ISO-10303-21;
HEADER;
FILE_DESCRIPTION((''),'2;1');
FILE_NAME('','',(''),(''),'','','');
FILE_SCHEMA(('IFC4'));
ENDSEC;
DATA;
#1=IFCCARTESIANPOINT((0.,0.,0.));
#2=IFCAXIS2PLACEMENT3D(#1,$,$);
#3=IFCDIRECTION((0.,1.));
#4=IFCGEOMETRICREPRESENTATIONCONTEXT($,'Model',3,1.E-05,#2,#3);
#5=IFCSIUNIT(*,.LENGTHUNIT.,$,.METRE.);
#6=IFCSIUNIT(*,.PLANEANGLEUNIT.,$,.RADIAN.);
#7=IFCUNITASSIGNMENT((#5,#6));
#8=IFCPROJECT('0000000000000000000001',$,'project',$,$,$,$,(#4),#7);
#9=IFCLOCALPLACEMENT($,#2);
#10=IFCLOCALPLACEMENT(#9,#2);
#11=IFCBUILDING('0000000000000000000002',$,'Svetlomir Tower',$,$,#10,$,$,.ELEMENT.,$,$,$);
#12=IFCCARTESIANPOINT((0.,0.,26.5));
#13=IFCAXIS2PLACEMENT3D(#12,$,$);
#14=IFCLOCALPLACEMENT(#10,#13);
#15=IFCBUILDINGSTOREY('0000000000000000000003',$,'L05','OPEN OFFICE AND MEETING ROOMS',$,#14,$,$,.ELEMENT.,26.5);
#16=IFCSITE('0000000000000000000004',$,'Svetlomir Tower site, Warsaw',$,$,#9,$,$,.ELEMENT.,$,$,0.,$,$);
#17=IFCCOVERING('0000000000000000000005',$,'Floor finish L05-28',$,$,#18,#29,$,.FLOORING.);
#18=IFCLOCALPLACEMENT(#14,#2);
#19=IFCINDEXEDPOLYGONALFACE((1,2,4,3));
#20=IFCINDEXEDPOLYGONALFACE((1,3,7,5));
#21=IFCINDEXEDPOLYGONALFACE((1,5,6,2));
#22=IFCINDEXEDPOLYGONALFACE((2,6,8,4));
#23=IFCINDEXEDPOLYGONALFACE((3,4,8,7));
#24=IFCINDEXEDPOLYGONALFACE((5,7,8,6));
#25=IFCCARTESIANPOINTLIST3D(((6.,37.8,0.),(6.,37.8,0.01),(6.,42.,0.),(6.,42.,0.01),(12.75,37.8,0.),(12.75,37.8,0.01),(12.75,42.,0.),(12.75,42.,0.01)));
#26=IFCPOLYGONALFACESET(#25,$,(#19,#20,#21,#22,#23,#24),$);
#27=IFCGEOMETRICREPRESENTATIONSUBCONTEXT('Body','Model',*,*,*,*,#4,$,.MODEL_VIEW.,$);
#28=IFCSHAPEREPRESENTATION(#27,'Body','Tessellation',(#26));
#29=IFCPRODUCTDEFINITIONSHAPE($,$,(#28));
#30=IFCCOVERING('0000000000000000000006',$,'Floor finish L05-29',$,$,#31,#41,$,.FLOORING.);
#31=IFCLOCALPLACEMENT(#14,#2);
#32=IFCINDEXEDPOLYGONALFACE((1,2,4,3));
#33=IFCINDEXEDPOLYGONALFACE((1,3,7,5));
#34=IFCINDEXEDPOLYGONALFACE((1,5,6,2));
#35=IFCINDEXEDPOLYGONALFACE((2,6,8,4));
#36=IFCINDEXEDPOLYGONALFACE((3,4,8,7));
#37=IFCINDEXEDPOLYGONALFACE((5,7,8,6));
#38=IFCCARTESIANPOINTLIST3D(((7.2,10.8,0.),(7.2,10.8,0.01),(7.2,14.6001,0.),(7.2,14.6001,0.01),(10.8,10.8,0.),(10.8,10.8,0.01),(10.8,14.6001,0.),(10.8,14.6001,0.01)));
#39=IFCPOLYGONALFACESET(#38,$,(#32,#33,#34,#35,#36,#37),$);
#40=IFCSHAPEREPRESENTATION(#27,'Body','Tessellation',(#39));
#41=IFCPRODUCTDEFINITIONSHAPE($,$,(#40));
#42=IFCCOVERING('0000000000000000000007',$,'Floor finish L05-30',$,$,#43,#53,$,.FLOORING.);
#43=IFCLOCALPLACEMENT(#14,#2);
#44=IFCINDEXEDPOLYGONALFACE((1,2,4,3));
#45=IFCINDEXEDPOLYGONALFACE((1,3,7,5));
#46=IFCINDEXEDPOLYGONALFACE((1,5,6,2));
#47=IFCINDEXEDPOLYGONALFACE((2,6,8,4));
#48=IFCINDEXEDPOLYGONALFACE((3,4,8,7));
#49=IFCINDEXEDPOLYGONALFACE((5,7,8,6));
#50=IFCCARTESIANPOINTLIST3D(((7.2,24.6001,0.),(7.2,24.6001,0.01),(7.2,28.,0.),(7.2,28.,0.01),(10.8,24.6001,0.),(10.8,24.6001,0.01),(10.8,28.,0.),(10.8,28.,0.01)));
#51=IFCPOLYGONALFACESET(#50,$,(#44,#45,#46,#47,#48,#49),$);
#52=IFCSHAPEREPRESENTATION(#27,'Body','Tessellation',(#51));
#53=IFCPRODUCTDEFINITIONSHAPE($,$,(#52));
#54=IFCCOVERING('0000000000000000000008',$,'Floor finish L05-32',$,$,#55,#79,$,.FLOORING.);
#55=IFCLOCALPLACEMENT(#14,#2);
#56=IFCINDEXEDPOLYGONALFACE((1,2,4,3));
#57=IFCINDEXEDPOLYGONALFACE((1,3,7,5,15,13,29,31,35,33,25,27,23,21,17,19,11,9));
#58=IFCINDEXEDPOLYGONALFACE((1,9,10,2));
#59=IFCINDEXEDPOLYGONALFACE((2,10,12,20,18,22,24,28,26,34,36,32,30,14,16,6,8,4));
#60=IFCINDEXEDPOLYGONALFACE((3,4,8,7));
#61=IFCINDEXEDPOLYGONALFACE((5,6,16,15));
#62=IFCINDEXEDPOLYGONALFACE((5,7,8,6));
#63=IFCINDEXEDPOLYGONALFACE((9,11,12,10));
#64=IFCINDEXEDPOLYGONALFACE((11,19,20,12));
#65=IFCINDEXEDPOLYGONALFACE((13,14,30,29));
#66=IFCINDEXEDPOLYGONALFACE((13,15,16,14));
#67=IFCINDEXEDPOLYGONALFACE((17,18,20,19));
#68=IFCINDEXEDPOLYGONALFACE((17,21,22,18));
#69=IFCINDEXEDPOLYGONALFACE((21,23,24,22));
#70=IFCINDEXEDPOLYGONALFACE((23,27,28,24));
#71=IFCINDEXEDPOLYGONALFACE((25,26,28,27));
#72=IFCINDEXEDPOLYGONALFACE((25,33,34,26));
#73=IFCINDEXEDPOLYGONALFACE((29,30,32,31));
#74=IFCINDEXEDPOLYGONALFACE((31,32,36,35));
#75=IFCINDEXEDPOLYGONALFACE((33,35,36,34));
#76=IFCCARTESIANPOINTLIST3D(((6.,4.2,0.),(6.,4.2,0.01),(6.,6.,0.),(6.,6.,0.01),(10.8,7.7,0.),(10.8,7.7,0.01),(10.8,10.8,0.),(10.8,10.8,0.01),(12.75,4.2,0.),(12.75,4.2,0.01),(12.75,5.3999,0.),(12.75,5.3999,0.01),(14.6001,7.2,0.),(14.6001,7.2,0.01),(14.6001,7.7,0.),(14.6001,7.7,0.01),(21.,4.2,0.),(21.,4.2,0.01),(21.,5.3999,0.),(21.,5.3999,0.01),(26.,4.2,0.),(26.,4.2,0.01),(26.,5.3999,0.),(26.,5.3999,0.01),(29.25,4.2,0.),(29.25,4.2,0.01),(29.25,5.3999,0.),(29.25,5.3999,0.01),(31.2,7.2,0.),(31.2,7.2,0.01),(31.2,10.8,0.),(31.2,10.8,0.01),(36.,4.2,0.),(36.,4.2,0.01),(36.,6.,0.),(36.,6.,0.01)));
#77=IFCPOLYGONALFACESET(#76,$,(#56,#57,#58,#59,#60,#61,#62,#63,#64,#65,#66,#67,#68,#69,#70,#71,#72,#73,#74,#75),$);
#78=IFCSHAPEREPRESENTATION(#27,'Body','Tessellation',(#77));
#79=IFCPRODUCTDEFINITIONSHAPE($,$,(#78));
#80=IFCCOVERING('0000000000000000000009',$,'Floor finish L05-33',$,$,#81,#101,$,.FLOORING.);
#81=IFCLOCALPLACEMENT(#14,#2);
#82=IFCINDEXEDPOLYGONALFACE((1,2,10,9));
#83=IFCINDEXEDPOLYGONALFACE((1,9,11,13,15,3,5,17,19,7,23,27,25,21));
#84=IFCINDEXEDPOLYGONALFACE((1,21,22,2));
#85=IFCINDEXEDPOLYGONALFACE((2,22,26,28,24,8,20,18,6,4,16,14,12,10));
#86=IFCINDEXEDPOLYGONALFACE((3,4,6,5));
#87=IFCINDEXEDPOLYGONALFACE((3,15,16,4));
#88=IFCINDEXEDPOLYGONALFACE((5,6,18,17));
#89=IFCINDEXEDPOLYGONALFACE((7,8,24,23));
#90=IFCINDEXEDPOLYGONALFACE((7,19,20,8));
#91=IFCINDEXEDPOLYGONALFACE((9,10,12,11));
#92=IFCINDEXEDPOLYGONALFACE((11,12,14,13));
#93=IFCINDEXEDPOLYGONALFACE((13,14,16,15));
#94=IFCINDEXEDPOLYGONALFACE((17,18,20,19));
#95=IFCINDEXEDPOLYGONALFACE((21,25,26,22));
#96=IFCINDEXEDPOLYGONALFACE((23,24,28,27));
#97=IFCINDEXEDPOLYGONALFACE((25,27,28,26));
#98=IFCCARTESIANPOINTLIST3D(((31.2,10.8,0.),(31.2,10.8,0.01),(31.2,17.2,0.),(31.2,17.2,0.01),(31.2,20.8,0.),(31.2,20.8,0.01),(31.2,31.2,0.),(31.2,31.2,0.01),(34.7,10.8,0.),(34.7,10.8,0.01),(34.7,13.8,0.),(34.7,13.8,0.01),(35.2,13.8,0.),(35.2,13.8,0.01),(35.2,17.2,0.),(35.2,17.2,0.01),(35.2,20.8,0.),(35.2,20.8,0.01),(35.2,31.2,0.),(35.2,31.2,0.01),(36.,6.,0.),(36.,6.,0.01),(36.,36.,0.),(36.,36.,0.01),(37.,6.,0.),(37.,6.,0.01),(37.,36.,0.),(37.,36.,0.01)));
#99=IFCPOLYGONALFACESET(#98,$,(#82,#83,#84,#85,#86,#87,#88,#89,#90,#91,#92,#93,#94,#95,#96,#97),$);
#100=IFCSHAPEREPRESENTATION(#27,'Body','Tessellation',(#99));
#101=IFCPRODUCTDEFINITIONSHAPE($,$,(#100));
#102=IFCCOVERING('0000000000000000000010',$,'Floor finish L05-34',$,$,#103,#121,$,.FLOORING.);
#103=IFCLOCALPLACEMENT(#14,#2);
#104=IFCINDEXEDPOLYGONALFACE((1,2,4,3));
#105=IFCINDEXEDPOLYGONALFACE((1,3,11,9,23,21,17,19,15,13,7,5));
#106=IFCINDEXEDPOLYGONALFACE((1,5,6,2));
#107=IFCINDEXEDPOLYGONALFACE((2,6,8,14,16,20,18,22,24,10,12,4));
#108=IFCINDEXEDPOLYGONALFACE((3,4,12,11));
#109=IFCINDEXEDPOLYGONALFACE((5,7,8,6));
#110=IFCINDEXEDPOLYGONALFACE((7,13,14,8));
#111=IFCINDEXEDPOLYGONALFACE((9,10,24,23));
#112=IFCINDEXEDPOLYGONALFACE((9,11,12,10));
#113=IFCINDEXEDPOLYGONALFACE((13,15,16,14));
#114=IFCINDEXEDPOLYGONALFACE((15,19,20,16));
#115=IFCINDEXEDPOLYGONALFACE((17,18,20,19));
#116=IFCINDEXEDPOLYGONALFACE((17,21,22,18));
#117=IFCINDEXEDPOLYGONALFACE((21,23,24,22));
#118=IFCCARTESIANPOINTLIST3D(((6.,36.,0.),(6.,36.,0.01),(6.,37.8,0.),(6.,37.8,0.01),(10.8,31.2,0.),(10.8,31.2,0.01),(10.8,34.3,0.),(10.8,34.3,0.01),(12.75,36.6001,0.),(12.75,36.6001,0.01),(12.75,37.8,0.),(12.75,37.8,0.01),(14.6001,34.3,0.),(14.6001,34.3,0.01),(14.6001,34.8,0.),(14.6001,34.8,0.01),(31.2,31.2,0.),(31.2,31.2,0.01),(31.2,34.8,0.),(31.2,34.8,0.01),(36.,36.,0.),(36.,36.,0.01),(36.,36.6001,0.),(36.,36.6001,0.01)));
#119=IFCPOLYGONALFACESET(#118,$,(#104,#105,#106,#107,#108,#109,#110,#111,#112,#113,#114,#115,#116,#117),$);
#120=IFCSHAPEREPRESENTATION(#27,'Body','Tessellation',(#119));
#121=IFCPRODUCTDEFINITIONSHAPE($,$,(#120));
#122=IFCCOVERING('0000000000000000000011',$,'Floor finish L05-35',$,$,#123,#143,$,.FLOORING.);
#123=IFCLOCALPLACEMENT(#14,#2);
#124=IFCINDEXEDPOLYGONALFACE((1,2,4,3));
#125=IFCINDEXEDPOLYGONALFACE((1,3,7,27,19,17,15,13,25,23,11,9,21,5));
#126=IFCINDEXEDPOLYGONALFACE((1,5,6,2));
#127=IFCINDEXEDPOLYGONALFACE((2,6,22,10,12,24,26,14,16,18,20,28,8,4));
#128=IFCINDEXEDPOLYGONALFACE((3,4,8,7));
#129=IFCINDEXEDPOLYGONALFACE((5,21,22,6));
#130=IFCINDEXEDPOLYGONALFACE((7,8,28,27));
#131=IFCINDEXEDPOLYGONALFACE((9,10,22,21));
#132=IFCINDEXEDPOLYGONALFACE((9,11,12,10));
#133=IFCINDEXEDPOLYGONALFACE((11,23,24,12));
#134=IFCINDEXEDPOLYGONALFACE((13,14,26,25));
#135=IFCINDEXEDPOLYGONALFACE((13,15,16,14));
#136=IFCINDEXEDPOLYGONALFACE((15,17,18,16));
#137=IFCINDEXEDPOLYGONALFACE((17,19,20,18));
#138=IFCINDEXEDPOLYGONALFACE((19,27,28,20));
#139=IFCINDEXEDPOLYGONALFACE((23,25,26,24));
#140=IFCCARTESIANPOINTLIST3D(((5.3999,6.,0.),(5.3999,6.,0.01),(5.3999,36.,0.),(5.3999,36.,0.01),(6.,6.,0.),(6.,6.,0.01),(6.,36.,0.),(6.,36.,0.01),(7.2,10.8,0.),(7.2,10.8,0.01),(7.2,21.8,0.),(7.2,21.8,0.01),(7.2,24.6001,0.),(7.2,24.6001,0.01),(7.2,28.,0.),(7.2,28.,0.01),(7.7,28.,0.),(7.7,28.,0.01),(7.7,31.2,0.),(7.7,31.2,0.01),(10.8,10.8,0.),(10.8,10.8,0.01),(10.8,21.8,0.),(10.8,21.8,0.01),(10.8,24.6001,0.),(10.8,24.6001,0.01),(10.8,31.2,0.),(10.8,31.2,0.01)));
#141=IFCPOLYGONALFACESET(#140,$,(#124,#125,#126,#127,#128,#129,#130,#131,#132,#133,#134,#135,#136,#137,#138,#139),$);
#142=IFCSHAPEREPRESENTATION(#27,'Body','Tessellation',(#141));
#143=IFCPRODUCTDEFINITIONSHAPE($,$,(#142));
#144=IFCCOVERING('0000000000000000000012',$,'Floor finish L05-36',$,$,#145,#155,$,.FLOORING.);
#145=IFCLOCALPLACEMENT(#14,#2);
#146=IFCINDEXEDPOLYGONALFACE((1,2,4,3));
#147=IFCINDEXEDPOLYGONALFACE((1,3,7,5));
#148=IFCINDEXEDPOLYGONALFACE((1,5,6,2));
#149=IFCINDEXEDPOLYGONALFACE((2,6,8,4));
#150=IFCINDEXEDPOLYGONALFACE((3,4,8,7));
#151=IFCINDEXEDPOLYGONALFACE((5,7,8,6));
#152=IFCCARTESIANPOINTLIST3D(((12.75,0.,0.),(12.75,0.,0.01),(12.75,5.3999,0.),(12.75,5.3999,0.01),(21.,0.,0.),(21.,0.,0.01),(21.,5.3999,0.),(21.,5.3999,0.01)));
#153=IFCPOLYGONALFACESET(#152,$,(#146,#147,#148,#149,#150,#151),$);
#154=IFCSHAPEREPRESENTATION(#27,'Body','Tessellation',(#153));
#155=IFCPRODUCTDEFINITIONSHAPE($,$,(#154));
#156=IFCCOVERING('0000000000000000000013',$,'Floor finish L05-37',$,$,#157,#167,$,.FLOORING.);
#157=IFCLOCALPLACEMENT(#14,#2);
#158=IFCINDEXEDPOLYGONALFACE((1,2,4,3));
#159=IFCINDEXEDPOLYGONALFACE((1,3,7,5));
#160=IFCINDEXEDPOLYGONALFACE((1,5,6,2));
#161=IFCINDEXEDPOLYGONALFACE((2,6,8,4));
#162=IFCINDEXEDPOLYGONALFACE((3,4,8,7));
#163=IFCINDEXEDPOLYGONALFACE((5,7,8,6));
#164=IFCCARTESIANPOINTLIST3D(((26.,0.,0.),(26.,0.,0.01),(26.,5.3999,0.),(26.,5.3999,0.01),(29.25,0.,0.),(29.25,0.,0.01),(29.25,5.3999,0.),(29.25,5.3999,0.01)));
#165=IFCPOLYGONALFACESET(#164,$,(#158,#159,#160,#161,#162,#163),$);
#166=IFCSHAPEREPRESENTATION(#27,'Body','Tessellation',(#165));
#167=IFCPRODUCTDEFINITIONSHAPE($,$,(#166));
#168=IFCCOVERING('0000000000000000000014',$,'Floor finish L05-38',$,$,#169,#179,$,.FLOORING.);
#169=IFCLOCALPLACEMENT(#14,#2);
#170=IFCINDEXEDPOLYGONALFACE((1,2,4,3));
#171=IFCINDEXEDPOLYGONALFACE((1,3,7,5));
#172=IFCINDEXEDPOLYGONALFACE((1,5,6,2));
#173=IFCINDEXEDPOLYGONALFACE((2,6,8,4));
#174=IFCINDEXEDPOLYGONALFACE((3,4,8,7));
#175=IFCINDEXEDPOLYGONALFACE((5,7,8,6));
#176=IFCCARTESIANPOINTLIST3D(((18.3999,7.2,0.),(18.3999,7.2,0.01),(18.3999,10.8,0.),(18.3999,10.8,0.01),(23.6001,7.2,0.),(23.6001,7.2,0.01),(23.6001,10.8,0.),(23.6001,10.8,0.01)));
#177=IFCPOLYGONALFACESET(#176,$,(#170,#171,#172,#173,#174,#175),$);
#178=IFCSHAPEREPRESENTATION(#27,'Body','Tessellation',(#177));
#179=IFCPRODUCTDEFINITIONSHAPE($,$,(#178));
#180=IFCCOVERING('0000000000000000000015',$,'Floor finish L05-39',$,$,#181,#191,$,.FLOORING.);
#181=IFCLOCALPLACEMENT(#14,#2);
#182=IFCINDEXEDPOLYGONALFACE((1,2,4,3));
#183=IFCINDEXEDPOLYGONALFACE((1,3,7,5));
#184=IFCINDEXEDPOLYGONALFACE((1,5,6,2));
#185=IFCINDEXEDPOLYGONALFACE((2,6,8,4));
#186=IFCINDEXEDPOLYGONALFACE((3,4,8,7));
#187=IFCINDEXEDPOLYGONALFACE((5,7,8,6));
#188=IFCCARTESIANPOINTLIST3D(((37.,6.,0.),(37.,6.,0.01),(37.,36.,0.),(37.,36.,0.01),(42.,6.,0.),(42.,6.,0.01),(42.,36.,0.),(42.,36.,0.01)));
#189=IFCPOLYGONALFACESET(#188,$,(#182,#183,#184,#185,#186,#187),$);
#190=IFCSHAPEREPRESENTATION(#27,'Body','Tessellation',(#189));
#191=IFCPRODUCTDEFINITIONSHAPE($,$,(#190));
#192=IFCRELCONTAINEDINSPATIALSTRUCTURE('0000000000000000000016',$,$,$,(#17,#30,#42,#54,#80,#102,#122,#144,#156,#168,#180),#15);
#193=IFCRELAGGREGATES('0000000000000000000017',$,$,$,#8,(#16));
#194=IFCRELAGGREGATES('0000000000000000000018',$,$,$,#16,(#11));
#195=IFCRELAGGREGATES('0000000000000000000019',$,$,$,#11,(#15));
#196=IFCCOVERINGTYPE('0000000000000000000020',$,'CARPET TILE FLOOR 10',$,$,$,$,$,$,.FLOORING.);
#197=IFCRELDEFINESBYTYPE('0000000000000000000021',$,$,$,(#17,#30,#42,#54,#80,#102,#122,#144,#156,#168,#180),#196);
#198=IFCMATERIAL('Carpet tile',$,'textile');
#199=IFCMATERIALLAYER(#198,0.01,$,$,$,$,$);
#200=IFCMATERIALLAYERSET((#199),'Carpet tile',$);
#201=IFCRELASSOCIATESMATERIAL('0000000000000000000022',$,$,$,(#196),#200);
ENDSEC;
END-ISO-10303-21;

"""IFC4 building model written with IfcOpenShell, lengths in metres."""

from ifc_helpers import new_model, si_unit, direction, frame, origin, place, context, subcontext, project, spatial, polyline, outline, extrude, material, layer, layer_set, type_object, element, save


model = new_model("IFC4")

# Units and contexts
model_context = context("Model", 3, precision=1e-05, world=origin(), true_north=direction((0.0, 1.0)))
body_context = subcontext(model_context, "Body", "Model", "MODEL_VIEW")
ifc_project = project(units=[si_unit("LENGTHUNIT", "METRE"), si_unit("PLANEANGLEUNIT", "RADIAN")], contexts=[model_context])

# Site, building, storey
site_placement = place(None, origin())
site = spatial("IfcSite", under=ifc_project, at=site_placement, Name="Svetlomir Tower site, Warsaw", CompositionType="ELEMENT", RefElevation=0.0)
building_placement = place(site_placement, origin())
building = spatial("IfcBuilding", under=site, at=building_placement, Name="Svetlomir Tower", CompositionType="ELEMENT")
storey_placement = place(building_placement, frame((0.0, 0.0, 26.5)))
storey = spatial("IfcBuildingStorey", under=building, at=storey_placement, Name="L05", Description="OPEN OFFICE AND MEETING ROOMS", CompositionType="ELEMENT", Elevation=26.5)

# Coverings
ifc_material_1 = material(Name="Carpet tile", Category="textile")
ifc_layer_1 = layer(ifc_material_1, 0.01)
ifc_layer_set_1 = layer_set([ifc_layer_1], Name="Carpet tile")
covering_type_1 = type_object("IfcCoveringType", Name="CARPET TILE FLOOR 10", PredefinedType="FLOORING", material=ifc_layer_set_1)
covering_1_placement = place(storey_placement, origin())
element("IfcCovering", 1, at=covering_1_placement, inside=storey, type_object=covering_type_1, Name="Floor finish L05-28", PredefinedType="FLOORING", context=body_context, shape_type="SweptSolid", body=[
    extrude(outline(polyline([(6.0, 37.8), (12.75, 37.8), (12.75, 42.0), (6.0, 42.0), (6.0, 37.8)])), origin(), (0.0, 0.0, 1.0), 0.01),
])
covering_2_placement = place(storey_placement, origin())
element("IfcCovering", 2, at=covering_2_placement, inside=storey, type_object=covering_type_1, Name="Floor finish L05-29", PredefinedType="FLOORING", context=body_context, shape_type="SweptSolid", body=[
    extrude(outline(polyline([(7.2, 10.8), (10.8, 10.8), (10.8, 14.6001), (7.2, 14.6001), (7.2, 10.8)])), origin(), (0.0, 0.0, 1.0), 0.01),
])
covering_3_placement = place(storey_placement, origin())
element("IfcCovering", 3, at=covering_3_placement, inside=storey, type_object=covering_type_1, Name="Floor finish L05-30", PredefinedType="FLOORING", context=body_context, shape_type="SweptSolid", body=[
    extrude(outline(polyline([(7.2, 24.6001), (10.8, 24.6001), (10.8, 28.0), (7.2, 28.0), (7.2, 24.6001)])), origin(), (0.0, 0.0, 1.0), 0.01),
])
covering_4_placement = place(storey_placement, origin())
element("IfcCovering", 4, at=covering_4_placement, inside=storey, type_object=covering_type_1, Name="Floor finish L05-32", PredefinedType="FLOORING", context=body_context, shape_type="SweptSolid", body=[
    extrude(outline(polyline([(6.0, 4.2), (6.0, 6.0), (10.8, 10.8), (10.8, 7.7), (14.6001, 7.7), (14.6001, 7.2), (31.2, 7.2), (31.2, 10.8), (36.0, 6.0), (36.0, 4.2), (29.25, 4.2), (29.25, 5.3999), (26.0, 5.3999), (26.0, 4.2), (21.0, 4.2), (21.0, 5.3999), (12.75, 5.3999), (12.75, 4.2), (6.0, 4.2)])), origin(), (0.0, 0.0, 1.0), 0.01),
])
covering_5_placement = place(storey_placement, origin())
element("IfcCovering", 5, at=covering_5_placement, inside=storey, type_object=covering_type_1, Name="Floor finish L05-33", PredefinedType="FLOORING", context=body_context, shape_type="SweptSolid", body=[
    extrude(outline(polyline([(31.2, 31.2), (36.0, 36.0), (37.0, 36.0), (37.0, 6.0), (36.0, 6.0), (31.2, 10.8), (34.7, 10.8), (34.7, 13.8), (35.2, 13.8), (35.2, 17.2), (31.2, 17.2), (31.2, 20.8), (35.2, 20.8), (35.2, 31.2), (31.2, 31.2)])), origin(), (0.0, 0.0, 1.0), 0.01),
])
covering_6_placement = place(storey_placement, origin())
element("IfcCovering", 6, at=covering_6_placement, inside=storey, type_object=covering_type_1, Name="Floor finish L05-34", PredefinedType="FLOORING", context=body_context, shape_type="SweptSolid", body=[
    extrude(outline(polyline([(6.0, 37.8), (12.75, 37.8), (12.75, 36.6001), (36.0, 36.6001), (36.0, 36.0), (31.2, 31.2), (31.2, 34.8), (14.6001, 34.8), (14.6001, 34.3), (10.8, 34.3), (10.8, 31.2), (6.0, 36.0), (6.0, 37.8)])), origin(), (0.0, 0.0, 1.0), 0.01),
])
covering_7_placement = place(storey_placement, origin())
element("IfcCovering", 7, at=covering_7_placement, inside=storey, type_object=covering_type_1, Name="Floor finish L05-35", PredefinedType="FLOORING", context=body_context, shape_type="SweptSolid", body=[
    extrude(outline(polyline([(5.3999, 6.0), (5.3999, 36.0), (6.0, 36.0), (10.8, 31.2), (7.7, 31.2), (7.7, 28.0), (7.2, 28.0), (7.2, 24.6001), (10.8, 24.6001), (10.8, 21.8), (7.2, 21.8), (7.2, 10.8), (10.8, 10.8), (6.0, 6.0), (5.3999, 6.0)])), origin(), (0.0, 0.0, 1.0), 0.01),
])
covering_8_placement = place(storey_placement, origin())
element("IfcCovering", 8, at=covering_8_placement, inside=storey, type_object=covering_type_1, Name="Floor finish L05-36", PredefinedType="FLOORING", context=body_context, shape_type="SweptSolid", body=[
    extrude(outline(polyline([(12.75, 5.3999), (21.0, 5.3999), (21.0, 0.0), (12.75, 0.0), (12.75, 5.3999)])), origin(), (0.0, 0.0, 1.0), 0.01),
])
covering_9_placement = place(storey_placement, origin())
element("IfcCovering", 9, at=covering_9_placement, inside=storey, type_object=covering_type_1, Name="Floor finish L05-37", PredefinedType="FLOORING", context=body_context, shape_type="SweptSolid", body=[
    extrude(outline(polyline([(26.0, 0.0), (26.0, 5.3999), (29.25, 5.3999), (29.25, 0.0), (26.0, 0.0)])), origin(), (0.0, 0.0, 1.0), 0.01),
])
covering_10_placement = place(storey_placement, origin())
element("IfcCovering", 10, at=covering_10_placement, inside=storey, type_object=covering_type_1, Name="Floor finish L05-38", PredefinedType="FLOORING", context=body_context, shape_type="SweptSolid", body=[
    extrude(outline(polyline([(23.6001, 10.8), (23.6001, 7.2), (18.3999, 7.2), (18.3999, 10.8), (23.6001, 10.8)])), origin(), (0.0, 0.0, 1.0), 0.01),
])
covering_11_placement = place(storey_placement, origin())
element("IfcCovering", 11, at=covering_11_placement, inside=storey, type_object=covering_type_1, Name="Floor finish L05-39", PredefinedType="FLOORING", context=body_context, shape_type="SweptSolid", body=[
    extrude(outline(polyline([(42.0, 6.0), (37.0, 6.0), (37.0, 36.0), (42.0, 36.0), (42.0, 6.0)])), origin(), (0.0, 0.0, 1.0), 0.01),
])

save(model, "model.ifc")
